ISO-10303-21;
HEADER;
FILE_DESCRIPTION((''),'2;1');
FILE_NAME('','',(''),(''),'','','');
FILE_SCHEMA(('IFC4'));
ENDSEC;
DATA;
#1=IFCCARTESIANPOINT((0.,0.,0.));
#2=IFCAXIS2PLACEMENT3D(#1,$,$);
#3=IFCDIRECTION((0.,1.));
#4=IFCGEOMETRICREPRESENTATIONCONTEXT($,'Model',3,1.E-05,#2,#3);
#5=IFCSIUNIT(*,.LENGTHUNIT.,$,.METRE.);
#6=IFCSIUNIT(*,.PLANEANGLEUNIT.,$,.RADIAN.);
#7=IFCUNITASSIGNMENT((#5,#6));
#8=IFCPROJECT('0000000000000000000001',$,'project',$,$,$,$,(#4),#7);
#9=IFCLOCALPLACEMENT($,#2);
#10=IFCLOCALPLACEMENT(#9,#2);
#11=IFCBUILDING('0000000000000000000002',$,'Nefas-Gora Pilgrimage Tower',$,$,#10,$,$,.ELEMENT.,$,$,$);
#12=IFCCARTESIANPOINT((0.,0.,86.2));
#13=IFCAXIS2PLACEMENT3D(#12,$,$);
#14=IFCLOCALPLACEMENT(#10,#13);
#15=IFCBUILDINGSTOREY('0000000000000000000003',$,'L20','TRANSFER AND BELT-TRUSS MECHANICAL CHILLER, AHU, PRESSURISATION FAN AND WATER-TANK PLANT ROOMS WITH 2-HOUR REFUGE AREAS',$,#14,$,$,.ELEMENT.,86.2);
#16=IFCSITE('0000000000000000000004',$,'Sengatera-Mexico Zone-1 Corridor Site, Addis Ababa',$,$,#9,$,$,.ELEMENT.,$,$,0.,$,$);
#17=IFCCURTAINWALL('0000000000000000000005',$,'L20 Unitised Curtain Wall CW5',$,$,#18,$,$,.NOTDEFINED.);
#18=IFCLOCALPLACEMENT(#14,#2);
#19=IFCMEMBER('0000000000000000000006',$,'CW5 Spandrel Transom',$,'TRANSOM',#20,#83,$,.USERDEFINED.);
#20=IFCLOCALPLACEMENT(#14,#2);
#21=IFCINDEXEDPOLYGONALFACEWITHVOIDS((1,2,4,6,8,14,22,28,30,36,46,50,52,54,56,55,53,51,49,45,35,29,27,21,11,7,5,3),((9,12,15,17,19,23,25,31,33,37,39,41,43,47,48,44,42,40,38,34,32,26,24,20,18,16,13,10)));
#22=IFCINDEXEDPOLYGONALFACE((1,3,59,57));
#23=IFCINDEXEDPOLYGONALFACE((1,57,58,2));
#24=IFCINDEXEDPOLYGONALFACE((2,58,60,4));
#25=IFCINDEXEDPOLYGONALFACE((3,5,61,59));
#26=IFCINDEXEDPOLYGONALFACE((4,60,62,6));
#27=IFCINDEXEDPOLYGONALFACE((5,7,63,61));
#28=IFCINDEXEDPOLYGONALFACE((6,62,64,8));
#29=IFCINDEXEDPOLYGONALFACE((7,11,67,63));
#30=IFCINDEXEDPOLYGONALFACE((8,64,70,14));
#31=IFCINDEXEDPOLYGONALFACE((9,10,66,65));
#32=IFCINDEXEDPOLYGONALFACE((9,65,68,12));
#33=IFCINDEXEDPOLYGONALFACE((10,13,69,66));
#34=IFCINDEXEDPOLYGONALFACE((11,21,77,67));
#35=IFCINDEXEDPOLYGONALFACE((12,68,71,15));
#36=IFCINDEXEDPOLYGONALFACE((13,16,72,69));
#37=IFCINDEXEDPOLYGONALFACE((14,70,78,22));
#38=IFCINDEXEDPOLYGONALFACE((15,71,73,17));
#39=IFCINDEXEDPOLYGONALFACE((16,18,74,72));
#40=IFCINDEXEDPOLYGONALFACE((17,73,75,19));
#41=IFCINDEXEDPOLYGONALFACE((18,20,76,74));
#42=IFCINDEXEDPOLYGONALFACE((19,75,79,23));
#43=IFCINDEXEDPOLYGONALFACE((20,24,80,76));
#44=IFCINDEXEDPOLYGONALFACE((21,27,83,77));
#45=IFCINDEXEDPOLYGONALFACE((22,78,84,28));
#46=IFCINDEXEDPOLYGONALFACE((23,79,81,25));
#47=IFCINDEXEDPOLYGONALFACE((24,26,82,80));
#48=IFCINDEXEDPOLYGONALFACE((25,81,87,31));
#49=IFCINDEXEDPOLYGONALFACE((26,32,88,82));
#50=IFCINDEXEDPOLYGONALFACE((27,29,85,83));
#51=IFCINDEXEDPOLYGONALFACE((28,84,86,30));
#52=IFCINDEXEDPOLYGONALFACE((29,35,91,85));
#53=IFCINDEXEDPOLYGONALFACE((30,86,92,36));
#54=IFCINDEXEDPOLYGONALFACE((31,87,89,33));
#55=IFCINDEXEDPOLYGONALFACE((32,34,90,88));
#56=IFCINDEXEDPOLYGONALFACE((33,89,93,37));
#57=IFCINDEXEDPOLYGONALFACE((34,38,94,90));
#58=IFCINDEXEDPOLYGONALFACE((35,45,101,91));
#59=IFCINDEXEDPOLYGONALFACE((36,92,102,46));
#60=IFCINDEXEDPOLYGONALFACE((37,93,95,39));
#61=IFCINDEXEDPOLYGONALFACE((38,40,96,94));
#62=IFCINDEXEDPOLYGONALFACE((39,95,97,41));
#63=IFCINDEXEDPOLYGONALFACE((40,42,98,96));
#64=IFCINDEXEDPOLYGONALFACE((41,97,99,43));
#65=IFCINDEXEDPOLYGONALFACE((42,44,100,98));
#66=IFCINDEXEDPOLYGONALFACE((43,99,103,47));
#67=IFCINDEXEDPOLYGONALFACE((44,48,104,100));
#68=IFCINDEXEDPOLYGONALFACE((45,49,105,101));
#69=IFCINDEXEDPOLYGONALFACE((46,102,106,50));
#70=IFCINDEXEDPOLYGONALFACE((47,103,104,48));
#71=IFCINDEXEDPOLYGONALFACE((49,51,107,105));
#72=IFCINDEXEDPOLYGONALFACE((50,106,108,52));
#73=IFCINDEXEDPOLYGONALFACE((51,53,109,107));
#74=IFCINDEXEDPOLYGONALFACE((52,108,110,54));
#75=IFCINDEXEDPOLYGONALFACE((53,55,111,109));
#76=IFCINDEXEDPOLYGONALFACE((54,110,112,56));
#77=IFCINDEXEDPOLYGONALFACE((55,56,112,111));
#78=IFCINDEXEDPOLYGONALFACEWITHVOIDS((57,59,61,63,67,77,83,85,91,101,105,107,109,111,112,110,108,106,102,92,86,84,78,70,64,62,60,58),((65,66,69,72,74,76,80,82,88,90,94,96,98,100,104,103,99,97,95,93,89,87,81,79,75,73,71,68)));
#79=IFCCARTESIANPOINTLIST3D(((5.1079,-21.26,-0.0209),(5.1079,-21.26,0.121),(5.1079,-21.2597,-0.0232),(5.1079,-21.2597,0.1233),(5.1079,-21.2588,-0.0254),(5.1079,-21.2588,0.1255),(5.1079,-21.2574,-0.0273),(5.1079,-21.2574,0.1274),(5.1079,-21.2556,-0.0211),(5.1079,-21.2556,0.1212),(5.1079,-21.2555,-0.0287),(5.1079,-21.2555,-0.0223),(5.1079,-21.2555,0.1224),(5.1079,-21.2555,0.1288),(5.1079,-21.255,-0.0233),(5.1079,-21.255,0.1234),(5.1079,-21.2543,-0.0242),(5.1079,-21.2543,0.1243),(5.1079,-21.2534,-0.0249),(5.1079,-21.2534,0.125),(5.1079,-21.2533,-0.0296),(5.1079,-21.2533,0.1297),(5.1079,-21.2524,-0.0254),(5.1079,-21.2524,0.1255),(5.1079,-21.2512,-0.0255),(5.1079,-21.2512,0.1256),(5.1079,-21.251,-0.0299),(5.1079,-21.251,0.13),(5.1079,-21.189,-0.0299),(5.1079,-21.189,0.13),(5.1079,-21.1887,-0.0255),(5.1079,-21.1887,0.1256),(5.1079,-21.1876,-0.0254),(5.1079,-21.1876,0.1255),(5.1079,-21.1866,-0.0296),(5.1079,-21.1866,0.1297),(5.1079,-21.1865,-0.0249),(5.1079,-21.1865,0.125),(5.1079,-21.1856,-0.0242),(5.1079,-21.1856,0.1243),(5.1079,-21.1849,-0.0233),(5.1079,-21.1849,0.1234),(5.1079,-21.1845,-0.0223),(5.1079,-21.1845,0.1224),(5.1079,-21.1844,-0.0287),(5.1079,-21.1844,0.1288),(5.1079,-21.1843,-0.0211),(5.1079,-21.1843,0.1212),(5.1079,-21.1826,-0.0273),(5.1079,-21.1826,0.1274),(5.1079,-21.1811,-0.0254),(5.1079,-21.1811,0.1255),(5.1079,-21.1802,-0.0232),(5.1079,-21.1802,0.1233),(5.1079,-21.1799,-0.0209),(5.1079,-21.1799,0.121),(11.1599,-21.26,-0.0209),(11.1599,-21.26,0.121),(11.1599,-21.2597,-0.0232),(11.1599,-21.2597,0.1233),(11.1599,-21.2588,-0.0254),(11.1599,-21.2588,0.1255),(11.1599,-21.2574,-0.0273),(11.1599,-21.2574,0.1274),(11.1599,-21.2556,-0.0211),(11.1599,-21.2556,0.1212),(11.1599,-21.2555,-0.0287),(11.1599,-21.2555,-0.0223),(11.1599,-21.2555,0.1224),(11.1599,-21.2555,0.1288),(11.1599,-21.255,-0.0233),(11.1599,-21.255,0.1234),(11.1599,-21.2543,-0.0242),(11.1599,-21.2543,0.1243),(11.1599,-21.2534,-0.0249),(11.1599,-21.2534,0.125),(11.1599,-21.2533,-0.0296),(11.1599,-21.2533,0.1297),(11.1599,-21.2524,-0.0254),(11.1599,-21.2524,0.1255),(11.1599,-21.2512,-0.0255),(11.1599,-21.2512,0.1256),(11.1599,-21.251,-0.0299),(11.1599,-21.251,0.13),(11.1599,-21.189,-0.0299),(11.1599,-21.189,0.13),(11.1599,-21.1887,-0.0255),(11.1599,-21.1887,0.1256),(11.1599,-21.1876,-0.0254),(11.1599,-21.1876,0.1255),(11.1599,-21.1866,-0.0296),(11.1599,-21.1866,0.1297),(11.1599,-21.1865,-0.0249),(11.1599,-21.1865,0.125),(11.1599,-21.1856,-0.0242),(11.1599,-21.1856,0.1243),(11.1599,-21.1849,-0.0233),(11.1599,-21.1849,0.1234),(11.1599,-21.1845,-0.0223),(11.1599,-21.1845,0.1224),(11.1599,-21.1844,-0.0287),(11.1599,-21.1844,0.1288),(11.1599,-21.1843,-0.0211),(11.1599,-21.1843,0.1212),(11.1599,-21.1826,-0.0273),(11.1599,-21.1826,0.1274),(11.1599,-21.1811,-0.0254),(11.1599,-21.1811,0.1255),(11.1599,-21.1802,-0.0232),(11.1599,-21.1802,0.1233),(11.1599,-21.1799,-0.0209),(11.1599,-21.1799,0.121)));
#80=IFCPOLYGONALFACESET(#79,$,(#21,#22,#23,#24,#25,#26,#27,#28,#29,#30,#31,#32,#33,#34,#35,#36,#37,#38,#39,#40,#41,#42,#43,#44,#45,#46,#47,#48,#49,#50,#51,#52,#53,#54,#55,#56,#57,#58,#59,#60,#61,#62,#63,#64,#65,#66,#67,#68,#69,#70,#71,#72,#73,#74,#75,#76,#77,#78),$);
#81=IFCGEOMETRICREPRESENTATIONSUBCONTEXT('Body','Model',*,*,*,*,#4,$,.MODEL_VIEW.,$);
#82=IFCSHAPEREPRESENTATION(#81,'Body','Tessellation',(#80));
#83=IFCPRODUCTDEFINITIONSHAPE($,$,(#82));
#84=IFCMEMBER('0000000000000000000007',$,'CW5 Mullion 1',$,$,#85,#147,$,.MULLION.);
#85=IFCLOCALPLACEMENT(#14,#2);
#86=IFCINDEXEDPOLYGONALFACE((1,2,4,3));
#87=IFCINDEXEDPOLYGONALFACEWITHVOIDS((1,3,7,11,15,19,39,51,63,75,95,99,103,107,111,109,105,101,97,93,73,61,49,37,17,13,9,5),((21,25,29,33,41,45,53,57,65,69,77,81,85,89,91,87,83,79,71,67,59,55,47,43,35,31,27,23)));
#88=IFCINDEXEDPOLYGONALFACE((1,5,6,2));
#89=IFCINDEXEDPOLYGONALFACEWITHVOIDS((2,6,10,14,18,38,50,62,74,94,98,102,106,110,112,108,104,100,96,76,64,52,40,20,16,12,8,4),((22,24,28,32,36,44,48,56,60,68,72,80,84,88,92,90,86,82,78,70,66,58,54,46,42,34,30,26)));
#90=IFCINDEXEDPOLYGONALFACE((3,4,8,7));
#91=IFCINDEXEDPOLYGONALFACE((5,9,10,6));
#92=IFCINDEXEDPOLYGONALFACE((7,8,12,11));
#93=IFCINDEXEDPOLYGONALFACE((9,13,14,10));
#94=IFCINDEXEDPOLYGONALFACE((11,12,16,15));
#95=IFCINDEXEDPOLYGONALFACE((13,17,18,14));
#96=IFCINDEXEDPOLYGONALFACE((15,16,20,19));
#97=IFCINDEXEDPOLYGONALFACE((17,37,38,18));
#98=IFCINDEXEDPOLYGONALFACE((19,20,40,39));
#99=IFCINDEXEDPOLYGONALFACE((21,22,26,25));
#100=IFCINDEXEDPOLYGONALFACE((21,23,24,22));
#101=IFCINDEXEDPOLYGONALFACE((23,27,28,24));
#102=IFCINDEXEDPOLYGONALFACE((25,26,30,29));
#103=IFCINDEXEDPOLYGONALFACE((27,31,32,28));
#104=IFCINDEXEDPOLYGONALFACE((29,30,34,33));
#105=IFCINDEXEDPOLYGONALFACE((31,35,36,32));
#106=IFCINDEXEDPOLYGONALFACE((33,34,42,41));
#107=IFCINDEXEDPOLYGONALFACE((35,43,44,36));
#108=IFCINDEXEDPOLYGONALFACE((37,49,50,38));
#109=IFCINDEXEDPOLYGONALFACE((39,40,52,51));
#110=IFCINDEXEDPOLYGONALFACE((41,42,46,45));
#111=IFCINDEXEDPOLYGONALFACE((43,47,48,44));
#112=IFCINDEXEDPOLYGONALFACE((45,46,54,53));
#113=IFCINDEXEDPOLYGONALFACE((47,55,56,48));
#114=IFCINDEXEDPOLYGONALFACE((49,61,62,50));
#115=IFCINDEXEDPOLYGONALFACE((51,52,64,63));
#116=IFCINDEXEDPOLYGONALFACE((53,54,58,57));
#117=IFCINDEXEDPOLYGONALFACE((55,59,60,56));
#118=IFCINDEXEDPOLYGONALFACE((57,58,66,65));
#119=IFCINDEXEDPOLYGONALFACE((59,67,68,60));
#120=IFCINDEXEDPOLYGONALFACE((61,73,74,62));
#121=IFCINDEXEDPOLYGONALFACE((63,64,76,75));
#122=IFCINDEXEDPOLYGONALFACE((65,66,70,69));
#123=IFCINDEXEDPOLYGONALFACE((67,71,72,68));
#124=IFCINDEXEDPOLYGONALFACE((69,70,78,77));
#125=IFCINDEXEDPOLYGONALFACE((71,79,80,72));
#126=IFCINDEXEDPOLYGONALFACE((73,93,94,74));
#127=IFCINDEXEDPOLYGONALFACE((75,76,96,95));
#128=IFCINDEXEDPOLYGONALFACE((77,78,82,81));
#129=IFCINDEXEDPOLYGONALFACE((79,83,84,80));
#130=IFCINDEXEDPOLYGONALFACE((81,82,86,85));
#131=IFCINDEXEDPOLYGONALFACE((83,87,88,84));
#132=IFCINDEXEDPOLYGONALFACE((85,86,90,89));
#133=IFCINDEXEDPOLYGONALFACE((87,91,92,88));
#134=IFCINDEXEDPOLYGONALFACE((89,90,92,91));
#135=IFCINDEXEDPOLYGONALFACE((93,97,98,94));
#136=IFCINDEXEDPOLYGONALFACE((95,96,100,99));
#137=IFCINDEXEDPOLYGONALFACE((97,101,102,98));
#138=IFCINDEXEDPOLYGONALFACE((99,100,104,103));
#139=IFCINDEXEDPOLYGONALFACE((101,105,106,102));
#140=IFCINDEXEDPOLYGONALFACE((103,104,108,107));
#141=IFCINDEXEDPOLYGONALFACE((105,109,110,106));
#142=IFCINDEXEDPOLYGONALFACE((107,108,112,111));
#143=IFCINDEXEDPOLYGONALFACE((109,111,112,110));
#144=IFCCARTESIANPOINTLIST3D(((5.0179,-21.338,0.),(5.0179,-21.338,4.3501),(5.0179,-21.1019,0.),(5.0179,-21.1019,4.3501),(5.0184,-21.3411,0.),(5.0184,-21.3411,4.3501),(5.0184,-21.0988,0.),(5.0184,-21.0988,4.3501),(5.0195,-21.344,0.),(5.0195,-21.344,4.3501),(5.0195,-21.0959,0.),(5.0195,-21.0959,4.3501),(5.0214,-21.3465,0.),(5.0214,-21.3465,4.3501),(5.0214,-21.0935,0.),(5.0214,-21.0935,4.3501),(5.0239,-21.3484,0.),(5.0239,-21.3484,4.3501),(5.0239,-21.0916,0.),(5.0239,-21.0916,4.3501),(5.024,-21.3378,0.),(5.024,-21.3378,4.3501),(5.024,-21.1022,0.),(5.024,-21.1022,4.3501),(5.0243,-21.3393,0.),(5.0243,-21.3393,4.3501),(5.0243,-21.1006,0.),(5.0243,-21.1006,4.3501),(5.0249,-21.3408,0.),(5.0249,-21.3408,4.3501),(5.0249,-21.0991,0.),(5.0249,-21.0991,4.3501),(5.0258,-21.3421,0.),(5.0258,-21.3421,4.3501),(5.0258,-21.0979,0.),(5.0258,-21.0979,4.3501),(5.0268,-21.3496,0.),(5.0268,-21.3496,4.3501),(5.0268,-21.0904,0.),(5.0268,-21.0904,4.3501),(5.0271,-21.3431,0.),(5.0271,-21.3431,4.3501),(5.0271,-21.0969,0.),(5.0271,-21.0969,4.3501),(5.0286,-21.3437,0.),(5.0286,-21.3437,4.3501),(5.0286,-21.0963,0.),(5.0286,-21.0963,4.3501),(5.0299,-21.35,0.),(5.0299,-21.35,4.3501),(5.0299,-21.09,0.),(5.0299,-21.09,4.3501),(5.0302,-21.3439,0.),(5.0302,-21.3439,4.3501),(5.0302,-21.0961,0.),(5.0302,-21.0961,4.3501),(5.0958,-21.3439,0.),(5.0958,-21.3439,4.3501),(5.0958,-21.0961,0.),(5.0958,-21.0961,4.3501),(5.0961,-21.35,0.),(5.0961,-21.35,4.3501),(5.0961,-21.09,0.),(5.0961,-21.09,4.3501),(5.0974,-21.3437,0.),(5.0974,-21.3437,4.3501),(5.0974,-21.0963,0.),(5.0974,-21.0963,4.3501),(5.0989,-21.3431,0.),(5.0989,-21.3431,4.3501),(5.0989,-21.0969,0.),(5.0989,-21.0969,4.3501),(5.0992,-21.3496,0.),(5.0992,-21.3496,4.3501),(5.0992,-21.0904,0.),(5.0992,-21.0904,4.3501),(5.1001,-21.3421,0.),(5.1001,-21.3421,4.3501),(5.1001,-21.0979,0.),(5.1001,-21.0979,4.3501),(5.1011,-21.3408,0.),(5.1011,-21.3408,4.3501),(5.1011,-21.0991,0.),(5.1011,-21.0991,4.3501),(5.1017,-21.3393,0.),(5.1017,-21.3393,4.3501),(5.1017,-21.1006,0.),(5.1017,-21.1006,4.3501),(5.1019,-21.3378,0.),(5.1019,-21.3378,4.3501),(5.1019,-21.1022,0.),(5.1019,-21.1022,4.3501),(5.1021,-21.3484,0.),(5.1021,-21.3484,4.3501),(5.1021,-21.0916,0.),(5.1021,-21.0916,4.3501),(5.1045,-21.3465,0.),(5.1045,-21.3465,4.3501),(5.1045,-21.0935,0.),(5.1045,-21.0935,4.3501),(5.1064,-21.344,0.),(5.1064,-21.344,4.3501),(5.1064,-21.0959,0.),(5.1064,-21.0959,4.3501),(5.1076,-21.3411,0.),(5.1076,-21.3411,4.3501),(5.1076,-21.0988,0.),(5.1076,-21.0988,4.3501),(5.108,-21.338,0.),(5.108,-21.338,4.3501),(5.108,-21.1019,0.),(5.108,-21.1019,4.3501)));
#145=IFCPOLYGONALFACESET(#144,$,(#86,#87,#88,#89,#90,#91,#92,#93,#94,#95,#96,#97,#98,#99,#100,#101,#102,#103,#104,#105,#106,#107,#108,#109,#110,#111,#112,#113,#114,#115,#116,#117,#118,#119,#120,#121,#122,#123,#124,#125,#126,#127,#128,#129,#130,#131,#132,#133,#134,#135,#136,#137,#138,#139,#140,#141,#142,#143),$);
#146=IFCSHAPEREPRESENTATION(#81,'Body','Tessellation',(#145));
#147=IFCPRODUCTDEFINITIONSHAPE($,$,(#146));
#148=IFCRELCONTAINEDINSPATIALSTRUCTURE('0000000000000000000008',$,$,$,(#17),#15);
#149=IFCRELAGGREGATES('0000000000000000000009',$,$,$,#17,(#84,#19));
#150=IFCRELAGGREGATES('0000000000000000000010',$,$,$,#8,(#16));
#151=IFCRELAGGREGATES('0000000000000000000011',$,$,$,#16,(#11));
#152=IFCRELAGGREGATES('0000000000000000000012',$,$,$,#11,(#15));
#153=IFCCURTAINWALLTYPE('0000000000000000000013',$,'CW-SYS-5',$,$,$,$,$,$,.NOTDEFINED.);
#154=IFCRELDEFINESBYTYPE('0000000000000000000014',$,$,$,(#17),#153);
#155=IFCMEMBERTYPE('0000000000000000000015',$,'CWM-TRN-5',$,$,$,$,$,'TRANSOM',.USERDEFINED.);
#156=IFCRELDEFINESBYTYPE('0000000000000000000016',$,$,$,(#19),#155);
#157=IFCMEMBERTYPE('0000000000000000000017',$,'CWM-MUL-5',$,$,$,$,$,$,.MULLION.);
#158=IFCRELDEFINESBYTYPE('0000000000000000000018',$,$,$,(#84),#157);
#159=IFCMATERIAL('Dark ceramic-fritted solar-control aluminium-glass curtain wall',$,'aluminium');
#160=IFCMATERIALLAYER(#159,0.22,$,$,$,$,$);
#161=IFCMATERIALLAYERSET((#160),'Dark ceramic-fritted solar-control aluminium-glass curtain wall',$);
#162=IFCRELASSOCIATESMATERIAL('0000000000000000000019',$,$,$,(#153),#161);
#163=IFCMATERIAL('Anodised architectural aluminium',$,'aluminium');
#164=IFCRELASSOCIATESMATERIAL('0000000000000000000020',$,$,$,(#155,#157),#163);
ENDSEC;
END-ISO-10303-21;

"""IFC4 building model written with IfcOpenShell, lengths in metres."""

from ifc_helpers import new_model, si_unit, direction, frame, origin, origin_2d, place, context, subcontext, project, spatial, hollow_rectangle, extrude, source, transform, mapped, material, layer, layer_set, material_profile, profile_set, type_object, element, aggregate, save


model = new_model("IFC4")

# Units and contexts
model_context = context("Model", 3, precision=1e-05, world=origin(), true_north=direction((0.0, 1.0)))
body_context = subcontext(model_context, "Body", "Model", "MODEL_VIEW")
ifc_project = project(units=[si_unit("LENGTHUNIT", "METRE"), si_unit("PLANEANGLEUNIT", "RADIAN")], contexts=[model_context])

# Site, building, storey
site_placement = place(None, origin())
site = spatial("IfcSite", under=ifc_project, at=site_placement, Name="Sengatera-Mexico Zone-1 Corridor Site, Addis Ababa", CompositionType="ELEMENT", RefElevation=0.0)
building_placement = place(site_placement, origin())
building = spatial("IfcBuilding", under=site, at=building_placement, Name="Nefas-Gora Pilgrimage Tower", CompositionType="ELEMENT")
storey_placement = place(building_placement, frame((0.0, 0.0, 86.2)))
storey = spatial("IfcBuildingStorey", under=building, at=storey_placement, Name="L20", Description="TRANSFER AND BELT-TRUSS MECHANICAL CHILLER, AHU, PRESSURISATION FAN AND WATER-TANK PLANT ROOMS WITH 2-HOUR REFUGE AREAS", CompositionType="ELEMENT", Elevation=86.2)

# Curtain wall, members
ifc_material_1 = material(Name="Dark ceramic-fritted solar-control aluminium-glass curtain wall", Category="aluminium")
ifc_layer_1 = layer(ifc_material_1, 0.22)
ifc_layer_set_1 = layer_set([ifc_layer_1], Name="Dark ceramic-fritted solar-control aluminium-glass curtain wall")
curtain_wall_type_1 = type_object("IfcCurtainWallType", Name="CW-SYS-5", PredefinedType="NOTDEFINED", material=ifc_layer_set_1)
curtain_wall_1_placement = place(storey_placement, origin())
curtain_wall_1 = element("IfcCurtainWall", 1, at=curtain_wall_1_placement, inside=storey, type_object=curtain_wall_type_1, Name="L20 Unitised Curtain Wall CW5", PredefinedType="NOTDEFINED")
ifc_material_2 = material(Name="Anodised architectural aluminium", Category="aluminium")
ifc_material_profile_1 = material_profile(ifc_material_2, hollow_rectangle(XDim=0.0801, YDim=0.1599, WallThickness=0.0044, InnerFilletRadius=0.0044, OuterFilletRadius=0.009, at=origin_2d()), Name="ALU TRANSOM 80x160")
ifc_profile_set_1 = profile_set([ifc_material_profile_1], Name="Anodised architectural aluminium")
member_type_1 = type_object("IfcMemberType", Name="CWM-TRN-5", ElementType="TRANSOM", PredefinedType="USERDEFINED", material=ifc_profile_set_1)
shared_shape_1 = source(origin(), body_context, "Body", "SweptSolid", [
    extrude(hollow_rectangle(XDim=0.0801, YDim=0.1599, WallThickness=0.0044, InnerFilletRadius=0.0044, OuterFilletRadius=0.009, at=origin_2d()), origin(), (0.0, 0.0, 1.0), 6.052),
])
member_1_placement = place(storey_placement, frame((5.1079, -21.22, 0.05), z_axis=(1.0, 0.0, 0.0), x_axis=(0.0, 1.0, 0.0)))
member_1 = element("IfcMember", 2, at=member_1_placement, type_object=member_type_1, Name="CW5 Spandrel Transom", ObjectType="TRANSOM", PredefinedType="USERDEFINED", context=body_context, shape_type="MappedRepresentation", body=[
    mapped(shared_shape_1, transform((0.0, 0.0, 0.0), x_axis=(1.0, 0.0, 0.0), y_axis=(0.0, 1.0, 0.0), z_axis=(0.0, 0.0, 1.0), scale=1.0)),
])
ifc_material_profile_2 = material_profile(ifc_material_2, hollow_rectangle(XDim=0.0901, YDim=0.26, WallThickness=0.0061, InnerFilletRadius=0.0061, OuterFilletRadius=0.012, at=origin_2d()), Name="ALU MULLION 90x260")
ifc_profile_set_2 = profile_set([ifc_material_profile_2], Name="Anodised architectural aluminium")
member_type_2 = type_object("IfcMemberType", Name="CWM-MUL-5", PredefinedType="MULLION", material=ifc_profile_set_2)
shared_shape_2 = source(origin(), body_context, "Body", "SweptSolid", [
    extrude(hollow_rectangle(XDim=0.0901, YDim=0.26, WallThickness=0.0061, InnerFilletRadius=0.0061, OuterFilletRadius=0.012, at=origin_2d()), origin(), (0.0, 0.0, 1.0), 4.3501),
])
member_2_placement = place(storey_placement, frame((5.063, -21.22, 0.0), z_axis=(0.0, 0.0, 1.0), x_axis=(1.0, 0.0, 0.0)))
member_2 = element("IfcMember", 3, at=member_2_placement, type_object=member_type_2, Name="CW5 Mullion 1", PredefinedType="MULLION", context=body_context, shape_type="MappedRepresentation", body=[
    mapped(shared_shape_2, transform((0.0, 0.0, 0.0), x_axis=(1.0, 0.0, 0.0), y_axis=(0.0, 1.0, 0.0), z_axis=(0.0, 0.0, 1.0), scale=1.0)),
])

aggregate(curtain_wall_1, [member_2, member_1])

save(model, "model.ifc")
